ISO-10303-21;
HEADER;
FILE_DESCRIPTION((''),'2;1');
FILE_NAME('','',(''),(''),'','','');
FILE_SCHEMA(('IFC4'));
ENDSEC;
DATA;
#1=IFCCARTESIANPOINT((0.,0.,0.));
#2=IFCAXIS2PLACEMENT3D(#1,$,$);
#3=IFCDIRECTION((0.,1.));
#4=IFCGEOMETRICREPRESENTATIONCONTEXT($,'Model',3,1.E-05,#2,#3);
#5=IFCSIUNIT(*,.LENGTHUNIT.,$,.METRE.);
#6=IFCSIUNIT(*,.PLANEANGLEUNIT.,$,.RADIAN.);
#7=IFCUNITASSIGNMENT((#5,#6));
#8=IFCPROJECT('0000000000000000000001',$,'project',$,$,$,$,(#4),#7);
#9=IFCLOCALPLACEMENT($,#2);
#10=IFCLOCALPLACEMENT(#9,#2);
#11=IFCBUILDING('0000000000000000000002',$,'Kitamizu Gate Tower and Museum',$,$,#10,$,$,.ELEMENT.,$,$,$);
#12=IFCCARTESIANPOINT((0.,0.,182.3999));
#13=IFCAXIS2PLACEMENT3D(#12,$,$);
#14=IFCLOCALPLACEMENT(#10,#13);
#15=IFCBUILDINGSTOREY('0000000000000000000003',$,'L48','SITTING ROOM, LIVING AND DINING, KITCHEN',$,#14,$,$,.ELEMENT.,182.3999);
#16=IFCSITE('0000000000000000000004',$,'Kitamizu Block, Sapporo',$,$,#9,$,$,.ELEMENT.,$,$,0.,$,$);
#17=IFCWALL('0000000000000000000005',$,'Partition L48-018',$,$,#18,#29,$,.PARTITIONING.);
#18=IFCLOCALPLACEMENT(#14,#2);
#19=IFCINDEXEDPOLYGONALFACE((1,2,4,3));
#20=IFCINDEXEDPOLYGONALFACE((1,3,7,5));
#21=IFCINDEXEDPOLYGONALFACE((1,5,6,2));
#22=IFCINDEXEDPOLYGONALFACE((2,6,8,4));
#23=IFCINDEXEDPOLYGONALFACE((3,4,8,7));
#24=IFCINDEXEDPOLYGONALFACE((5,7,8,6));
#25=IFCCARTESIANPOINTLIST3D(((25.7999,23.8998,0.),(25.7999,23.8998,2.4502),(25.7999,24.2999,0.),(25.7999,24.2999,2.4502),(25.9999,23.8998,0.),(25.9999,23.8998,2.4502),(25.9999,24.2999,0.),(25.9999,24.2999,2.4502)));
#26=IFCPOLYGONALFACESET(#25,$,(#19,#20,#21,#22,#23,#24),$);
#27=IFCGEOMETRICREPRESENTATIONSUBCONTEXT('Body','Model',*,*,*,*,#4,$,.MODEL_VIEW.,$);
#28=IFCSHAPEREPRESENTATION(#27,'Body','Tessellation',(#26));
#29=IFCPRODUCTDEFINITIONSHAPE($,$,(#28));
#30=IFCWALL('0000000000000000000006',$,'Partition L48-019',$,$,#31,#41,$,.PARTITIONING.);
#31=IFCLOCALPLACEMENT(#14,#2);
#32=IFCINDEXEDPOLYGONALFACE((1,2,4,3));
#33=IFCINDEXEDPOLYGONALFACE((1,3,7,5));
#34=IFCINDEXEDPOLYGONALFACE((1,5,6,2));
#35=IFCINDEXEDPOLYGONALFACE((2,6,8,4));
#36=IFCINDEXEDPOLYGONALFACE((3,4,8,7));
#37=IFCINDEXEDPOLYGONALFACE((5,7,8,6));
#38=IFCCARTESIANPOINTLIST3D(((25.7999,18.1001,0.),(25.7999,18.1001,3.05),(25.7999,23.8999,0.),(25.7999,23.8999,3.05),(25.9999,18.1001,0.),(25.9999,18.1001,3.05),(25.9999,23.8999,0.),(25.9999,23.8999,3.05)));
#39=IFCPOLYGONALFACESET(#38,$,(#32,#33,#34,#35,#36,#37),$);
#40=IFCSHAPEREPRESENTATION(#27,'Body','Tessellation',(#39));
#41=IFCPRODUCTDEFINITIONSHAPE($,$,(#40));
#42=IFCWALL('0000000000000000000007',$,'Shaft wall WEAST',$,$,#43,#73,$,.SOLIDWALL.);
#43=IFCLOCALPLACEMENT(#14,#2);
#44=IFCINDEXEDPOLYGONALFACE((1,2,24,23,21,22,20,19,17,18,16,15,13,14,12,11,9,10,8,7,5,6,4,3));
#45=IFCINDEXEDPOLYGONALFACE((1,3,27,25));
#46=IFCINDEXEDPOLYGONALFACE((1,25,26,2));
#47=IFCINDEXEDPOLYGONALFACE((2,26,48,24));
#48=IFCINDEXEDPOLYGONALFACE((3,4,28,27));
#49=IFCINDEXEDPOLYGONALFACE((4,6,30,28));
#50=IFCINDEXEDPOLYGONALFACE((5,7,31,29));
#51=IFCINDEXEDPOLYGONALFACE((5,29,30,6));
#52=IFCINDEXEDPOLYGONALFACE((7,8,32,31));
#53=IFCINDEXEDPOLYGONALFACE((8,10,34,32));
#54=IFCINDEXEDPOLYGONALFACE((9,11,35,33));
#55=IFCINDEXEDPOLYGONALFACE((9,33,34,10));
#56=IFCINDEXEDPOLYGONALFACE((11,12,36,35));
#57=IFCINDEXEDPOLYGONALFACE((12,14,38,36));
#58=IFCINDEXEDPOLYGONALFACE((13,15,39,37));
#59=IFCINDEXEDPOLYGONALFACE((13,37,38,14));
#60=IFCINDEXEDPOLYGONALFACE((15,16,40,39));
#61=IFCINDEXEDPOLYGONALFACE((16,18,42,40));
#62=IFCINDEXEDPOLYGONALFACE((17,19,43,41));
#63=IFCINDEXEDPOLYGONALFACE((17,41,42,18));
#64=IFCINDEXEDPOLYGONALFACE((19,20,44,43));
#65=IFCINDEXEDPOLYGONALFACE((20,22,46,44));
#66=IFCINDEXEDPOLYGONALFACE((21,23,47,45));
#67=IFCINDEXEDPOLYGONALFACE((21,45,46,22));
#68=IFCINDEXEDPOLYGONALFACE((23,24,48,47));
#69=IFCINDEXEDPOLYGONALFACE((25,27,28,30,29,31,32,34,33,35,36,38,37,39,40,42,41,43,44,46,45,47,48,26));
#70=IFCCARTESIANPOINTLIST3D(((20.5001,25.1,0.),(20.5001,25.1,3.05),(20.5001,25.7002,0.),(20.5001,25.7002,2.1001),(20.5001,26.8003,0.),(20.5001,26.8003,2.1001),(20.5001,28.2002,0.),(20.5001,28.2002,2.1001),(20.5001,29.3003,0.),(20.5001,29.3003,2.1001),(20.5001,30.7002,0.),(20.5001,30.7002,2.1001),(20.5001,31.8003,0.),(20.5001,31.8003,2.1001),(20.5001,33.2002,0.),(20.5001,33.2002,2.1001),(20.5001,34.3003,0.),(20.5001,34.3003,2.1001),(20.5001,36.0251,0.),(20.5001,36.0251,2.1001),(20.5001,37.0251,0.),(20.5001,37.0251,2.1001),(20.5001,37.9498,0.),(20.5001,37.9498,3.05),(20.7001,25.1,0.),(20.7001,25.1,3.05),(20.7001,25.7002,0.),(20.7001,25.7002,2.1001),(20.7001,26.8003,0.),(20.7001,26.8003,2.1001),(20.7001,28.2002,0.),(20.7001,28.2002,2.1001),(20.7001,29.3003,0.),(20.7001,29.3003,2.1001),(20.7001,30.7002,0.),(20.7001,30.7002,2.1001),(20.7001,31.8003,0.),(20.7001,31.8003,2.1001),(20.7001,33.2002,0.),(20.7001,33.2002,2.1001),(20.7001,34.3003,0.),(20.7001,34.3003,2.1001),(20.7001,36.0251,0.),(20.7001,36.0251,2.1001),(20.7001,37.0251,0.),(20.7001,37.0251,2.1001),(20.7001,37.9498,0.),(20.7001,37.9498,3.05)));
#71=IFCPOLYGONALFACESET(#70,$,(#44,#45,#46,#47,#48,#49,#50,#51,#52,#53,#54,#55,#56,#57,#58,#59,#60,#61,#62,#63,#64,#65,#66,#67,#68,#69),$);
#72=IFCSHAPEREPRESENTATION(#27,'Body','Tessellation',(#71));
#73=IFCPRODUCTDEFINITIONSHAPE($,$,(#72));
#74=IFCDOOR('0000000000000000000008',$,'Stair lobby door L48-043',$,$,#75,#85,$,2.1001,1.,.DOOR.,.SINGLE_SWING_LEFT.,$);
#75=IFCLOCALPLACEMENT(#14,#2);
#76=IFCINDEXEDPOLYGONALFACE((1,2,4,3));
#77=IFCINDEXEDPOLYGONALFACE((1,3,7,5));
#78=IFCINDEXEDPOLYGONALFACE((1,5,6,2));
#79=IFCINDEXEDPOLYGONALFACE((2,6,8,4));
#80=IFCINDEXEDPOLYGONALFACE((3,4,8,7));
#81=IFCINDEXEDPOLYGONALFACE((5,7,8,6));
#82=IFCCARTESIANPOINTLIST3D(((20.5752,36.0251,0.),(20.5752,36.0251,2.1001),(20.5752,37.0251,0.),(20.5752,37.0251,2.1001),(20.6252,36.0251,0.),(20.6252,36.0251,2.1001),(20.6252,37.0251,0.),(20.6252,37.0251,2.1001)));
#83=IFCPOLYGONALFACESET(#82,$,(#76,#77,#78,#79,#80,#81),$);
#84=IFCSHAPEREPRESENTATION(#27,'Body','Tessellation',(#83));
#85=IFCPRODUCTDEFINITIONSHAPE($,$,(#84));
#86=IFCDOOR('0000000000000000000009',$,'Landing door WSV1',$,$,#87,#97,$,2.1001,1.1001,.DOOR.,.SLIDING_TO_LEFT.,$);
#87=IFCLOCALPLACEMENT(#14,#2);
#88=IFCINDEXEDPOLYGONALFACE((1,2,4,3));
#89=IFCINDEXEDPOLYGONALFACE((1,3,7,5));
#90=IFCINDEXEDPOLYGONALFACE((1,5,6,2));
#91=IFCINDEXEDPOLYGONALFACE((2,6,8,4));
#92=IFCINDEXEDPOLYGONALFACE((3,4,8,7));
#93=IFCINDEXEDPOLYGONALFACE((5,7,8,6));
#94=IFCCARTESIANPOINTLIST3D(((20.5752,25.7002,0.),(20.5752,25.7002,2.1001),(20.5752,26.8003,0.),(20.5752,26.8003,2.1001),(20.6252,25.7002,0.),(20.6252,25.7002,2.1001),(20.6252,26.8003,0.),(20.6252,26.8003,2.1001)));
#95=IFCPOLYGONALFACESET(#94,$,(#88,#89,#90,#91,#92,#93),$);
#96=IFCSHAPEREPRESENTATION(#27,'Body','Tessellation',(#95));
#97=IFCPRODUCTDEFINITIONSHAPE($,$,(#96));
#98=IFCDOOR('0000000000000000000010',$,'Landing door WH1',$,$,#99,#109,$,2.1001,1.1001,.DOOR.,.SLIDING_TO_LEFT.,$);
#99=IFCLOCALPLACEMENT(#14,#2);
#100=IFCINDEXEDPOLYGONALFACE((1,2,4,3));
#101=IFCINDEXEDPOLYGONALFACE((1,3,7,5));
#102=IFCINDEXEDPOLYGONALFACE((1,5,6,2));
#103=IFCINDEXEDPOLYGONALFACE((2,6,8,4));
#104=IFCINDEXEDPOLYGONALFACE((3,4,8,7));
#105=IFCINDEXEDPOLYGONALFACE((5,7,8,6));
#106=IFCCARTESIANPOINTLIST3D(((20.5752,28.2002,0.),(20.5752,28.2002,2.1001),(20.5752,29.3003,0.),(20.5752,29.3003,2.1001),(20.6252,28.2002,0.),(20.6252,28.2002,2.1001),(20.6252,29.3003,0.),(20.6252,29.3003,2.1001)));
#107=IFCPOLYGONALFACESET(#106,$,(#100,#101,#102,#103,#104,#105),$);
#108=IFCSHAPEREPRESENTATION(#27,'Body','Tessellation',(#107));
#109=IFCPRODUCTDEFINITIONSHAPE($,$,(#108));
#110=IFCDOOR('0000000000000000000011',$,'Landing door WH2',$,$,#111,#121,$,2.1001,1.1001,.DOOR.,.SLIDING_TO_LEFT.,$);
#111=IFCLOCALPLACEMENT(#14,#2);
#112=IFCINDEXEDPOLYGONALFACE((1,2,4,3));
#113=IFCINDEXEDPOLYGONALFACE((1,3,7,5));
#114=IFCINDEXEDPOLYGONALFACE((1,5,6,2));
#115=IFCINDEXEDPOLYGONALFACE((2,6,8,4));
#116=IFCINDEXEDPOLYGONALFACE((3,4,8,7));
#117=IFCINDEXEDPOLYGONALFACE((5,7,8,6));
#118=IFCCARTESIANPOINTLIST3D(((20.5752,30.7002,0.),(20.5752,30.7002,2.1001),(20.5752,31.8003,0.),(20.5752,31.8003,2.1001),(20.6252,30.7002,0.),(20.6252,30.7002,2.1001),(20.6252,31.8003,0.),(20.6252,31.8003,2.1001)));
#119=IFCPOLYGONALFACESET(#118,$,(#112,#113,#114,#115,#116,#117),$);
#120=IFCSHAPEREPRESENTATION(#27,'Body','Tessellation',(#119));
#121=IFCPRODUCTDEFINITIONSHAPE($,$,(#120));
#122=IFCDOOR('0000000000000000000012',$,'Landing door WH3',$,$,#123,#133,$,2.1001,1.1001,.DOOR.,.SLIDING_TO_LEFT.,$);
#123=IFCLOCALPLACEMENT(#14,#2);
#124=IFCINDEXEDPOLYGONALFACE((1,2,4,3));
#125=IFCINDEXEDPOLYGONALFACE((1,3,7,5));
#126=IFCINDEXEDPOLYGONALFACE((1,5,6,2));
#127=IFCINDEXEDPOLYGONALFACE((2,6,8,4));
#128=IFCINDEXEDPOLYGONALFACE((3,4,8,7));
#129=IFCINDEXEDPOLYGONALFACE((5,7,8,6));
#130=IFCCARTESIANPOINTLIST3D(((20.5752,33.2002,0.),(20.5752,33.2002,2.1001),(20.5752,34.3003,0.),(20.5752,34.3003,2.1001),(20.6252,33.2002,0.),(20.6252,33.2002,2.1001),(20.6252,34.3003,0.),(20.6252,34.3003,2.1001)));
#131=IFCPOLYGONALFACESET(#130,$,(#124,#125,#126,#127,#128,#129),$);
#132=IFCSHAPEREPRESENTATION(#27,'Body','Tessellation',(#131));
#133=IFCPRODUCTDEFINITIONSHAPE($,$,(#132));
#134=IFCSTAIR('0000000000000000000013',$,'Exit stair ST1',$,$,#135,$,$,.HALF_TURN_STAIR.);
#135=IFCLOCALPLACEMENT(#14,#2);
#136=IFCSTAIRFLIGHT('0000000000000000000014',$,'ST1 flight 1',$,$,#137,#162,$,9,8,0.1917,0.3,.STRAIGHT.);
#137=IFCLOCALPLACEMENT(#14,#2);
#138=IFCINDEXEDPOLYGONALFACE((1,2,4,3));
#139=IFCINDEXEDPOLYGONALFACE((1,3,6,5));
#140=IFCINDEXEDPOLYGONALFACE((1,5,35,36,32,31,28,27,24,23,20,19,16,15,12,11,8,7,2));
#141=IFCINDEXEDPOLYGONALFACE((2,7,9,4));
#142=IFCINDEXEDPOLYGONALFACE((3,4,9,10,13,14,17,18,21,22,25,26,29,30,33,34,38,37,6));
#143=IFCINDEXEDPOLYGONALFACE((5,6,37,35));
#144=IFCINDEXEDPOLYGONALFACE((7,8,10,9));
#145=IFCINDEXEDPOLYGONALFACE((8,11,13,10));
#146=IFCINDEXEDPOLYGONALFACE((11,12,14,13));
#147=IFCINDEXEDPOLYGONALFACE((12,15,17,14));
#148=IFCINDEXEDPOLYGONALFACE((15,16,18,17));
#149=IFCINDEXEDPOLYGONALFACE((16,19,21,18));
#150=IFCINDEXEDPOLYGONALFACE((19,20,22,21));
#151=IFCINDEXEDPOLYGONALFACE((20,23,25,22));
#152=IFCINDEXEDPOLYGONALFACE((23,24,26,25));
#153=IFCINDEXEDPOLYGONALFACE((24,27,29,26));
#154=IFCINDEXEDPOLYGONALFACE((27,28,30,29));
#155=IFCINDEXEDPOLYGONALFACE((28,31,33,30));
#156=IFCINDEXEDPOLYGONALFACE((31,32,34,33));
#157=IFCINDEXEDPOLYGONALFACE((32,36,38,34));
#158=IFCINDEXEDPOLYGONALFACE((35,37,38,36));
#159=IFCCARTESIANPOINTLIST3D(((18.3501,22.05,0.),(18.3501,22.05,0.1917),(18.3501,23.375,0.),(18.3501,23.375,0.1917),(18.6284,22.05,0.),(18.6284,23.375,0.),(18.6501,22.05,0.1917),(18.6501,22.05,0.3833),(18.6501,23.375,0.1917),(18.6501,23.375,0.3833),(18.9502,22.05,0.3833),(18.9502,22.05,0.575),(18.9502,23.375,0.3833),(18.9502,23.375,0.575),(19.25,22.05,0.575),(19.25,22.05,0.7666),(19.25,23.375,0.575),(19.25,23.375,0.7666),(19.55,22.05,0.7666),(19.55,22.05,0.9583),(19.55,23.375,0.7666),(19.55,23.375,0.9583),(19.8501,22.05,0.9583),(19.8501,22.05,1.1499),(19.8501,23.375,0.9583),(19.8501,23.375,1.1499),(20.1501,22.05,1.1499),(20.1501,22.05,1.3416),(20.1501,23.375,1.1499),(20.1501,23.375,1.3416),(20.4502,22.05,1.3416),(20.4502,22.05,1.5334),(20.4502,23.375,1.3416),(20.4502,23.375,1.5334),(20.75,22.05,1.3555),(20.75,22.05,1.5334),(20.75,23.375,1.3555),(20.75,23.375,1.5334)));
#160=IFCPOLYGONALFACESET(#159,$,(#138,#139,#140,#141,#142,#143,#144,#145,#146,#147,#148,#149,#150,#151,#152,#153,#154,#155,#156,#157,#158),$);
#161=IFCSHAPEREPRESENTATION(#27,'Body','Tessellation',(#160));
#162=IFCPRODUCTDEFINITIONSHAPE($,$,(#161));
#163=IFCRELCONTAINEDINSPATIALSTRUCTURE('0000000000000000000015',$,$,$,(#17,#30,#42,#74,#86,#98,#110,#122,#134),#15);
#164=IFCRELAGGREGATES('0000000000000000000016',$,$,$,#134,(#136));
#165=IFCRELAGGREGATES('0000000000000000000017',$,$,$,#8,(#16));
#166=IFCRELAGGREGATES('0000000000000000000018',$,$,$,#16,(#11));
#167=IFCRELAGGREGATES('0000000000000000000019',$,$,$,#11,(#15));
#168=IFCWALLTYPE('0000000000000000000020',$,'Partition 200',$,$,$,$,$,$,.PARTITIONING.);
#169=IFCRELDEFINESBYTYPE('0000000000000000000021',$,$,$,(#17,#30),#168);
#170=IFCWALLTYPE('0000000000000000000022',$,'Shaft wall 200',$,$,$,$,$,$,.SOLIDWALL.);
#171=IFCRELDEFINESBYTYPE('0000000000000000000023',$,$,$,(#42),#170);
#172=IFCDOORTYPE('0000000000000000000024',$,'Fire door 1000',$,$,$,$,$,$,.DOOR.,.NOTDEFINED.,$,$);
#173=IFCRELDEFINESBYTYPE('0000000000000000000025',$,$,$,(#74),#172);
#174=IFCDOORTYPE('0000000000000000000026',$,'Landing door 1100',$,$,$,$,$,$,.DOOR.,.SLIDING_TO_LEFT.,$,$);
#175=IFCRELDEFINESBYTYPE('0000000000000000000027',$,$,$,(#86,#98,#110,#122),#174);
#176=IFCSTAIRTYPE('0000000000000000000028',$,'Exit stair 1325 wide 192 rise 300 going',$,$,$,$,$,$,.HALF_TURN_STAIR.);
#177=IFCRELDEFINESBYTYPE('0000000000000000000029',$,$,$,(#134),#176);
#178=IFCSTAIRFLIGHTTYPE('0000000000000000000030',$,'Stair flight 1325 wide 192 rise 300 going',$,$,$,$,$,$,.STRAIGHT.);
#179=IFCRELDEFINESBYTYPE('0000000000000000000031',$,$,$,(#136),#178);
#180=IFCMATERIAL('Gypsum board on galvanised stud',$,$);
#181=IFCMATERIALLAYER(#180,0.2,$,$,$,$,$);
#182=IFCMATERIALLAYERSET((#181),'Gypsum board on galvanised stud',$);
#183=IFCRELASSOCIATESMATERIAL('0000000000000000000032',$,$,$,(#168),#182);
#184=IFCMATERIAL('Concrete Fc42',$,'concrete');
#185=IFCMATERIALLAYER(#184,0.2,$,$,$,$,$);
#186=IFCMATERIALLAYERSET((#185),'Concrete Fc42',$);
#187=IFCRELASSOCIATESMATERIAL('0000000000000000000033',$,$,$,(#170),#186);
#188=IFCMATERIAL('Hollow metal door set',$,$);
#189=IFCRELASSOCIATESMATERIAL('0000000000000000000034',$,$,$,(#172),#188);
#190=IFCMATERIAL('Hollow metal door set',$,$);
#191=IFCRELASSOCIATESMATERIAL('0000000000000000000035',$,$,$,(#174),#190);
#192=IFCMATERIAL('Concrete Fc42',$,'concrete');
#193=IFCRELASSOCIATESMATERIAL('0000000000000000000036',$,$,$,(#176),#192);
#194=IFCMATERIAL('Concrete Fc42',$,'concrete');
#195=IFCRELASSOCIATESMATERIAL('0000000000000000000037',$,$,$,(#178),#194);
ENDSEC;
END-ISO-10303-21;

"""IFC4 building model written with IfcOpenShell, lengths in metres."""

from ifc_helpers import new_model, si_unit, direction, frame, frame_2d, origin, place, context, subcontext, project, spatial, polyline, rectangle, outline, extrude, material, layer, layer_set, type_object, element, fill, aggregate, save


model = new_model("IFC4")

# Units and contexts
model_context = context("Model", 3, precision=1e-05, world=origin(), true_north=direction((0.0, 1.0)))
body_context = subcontext(model_context, "Body", "Model", "MODEL_VIEW")
ifc_project = project(units=[si_unit("LENGTHUNIT", "METRE"), si_unit("PLANEANGLEUNIT", "RADIAN")], contexts=[model_context])

# Site, building, storey
site_placement = place(None, origin())
site = spatial("IfcSite", under=ifc_project, at=site_placement, Name="Kitamizu Block, Sapporo", CompositionType="ELEMENT", RefElevation=0.0)
building_placement = place(site_placement, origin())
building = spatial("IfcBuilding", under=site, at=building_placement, Name="Kitamizu Gate Tower and Museum", CompositionType="ELEMENT")
storey_placement = place(building_placement, frame((0.0, 0.0, 182.3999)))
storey = spatial("IfcBuildingStorey", under=building, at=storey_placement, Name="L48", Description="SITTING ROOM, LIVING AND DINING, KITCHEN", CompositionType="ELEMENT", Elevation=182.3999)

# Walls
ifc_material_1 = material(Name="Gypsum board on galvanised stud")
ifc_layer_1 = layer(ifc_material_1, 0.2)
ifc_layer_set_1 = layer_set([ifc_layer_1], Name="Gypsum board on galvanised stud")
wall_type_1 = type_object("IfcWallType", Name="Partition 200", PredefinedType="PARTITIONING", material=ifc_layer_set_1)
wall_1_placement = place(storey_placement, frame((25.8999, 24.3, 0.0), z_axis=(0.0, 0.0, 1.0), x_axis=(0.0, -1.0, 0.0)))
element("IfcWall", 1, at=wall_1_placement, inside=storey, type_object=wall_type_1, Name="Partition L48-018", PredefinedType="PARTITIONING", context=body_context, shape_type="SweptSolid", body=[
    extrude(rectangle(XDim=0.4001, YDim=0.2, at=frame_2d((0.2002, 0.0))), origin(), (0.0, 0.0, 1.0), 2.4502),
])
wall_2_placement = place(storey_placement, frame((25.8999, 23.8999, 0.0), z_axis=(0.0, 0.0, 1.0), x_axis=(0.0, -1.0, 0.0)))
element("IfcWall", 2, at=wall_2_placement, inside=storey, type_object=wall_type_1, Name="Partition L48-019", PredefinedType="PARTITIONING", context=body_context, shape_type="SweptSolid", body=[
    extrude(rectangle(XDim=5.7998, YDim=0.2, at=frame_2d((2.8999, 0.0))), origin(), (0.0, 0.0, 1.0), 3.05),
])

# Wall, openings, doors
ifc_material_2 = material(Name="Concrete Fc42", Category="concrete")
ifc_layer_2 = layer(ifc_material_2, 0.2)
ifc_layer_set_2 = layer_set([ifc_layer_2], Name="Concrete Fc42")
wall_type_2 = type_object("IfcWallType", Name="Shaft wall 200", PredefinedType="SOLIDWALL", material=ifc_layer_set_2)
wall_3_placement = place(storey_placement, frame((20.6001, 25.1001, 0.0), z_axis=(0.0, 0.0, 1.0), x_axis=(0.0, 1.0, 0.0)))
wall_3 = element("IfcWall", 3, at=wall_3_placement, inside=storey, type_object=wall_type_2, Name="Shaft wall WEAST", PredefinedType="SOLIDWALL", context=body_context, shape_type="SweptSolid", body=[
    extrude(rectangle(XDim=12.8499, YDim=0.2, at=frame_2d((6.4248, 0.0))), origin(), (0.0, 0.0, 1.0), 3.05),
])
opening_1_placement = place(wall_3_placement, frame((0.6001, 0.0, 0.0)))
opening_1 = element("IfcOpeningElement", 4, at=opening_1_placement, cuts=wall_3, PredefinedType="OPENING", context=body_context, shape_type="SweptSolid", body=[
    extrude(rectangle(XDim=1.1001, YDim=2.1001, at=frame_2d((0.55, 1.05))), frame((0.0, 0.1099, 0.0), z_axis=(0.0, -1.0, 0.0), x_axis=(1.0, 0.0, 0.0)), (0.0, 0.0, 1.0), 0.22),
])
opening_2_placement = place(wall_3_placement, frame((3.1001, 0.0, 0.0)))
opening_2 = element("IfcOpeningElement", 5, at=opening_2_placement, cuts=wall_3, PredefinedType="OPENING", context=body_context, shape_type="SweptSolid", body=[
    extrude(rectangle(XDim=1.1001, YDim=2.1001, at=frame_2d((0.55, 1.05))), frame((0.0, 0.1099, 0.0), z_axis=(0.0, -1.0, 0.0), x_axis=(1.0, 0.0, 0.0)), (0.0, 0.0, 1.0), 0.22),
])
opening_3_placement = place(wall_3_placement, frame((5.6001, 0.0, 0.0)))
opening_3 = element("IfcOpeningElement", 6, at=opening_3_placement, cuts=wall_3, PredefinedType="OPENING", context=body_context, shape_type="SweptSolid", body=[
    extrude(rectangle(XDim=1.1001, YDim=2.1001, at=frame_2d((0.55, 1.05))), frame((0.0, 0.1099, 0.0), z_axis=(0.0, -1.0, 0.0), x_axis=(1.0, 0.0, 0.0)), (0.0, 0.0, 1.0), 0.22),
])
opening_4_placement = place(wall_3_placement, frame((8.1001, 0.0, 0.0)))
opening_4 = element("IfcOpeningElement", 7, at=opening_4_placement, cuts=wall_3, PredefinedType="OPENING", context=body_context, shape_type="SweptSolid", body=[
    extrude(rectangle(XDim=1.1001, YDim=2.1001, at=frame_2d((0.55, 1.05))), frame((0.0, 0.1099, 0.0), z_axis=(0.0, -1.0, 0.0), x_axis=(1.0, 0.0, 0.0)), (0.0, 0.0, 1.0), 0.22),
])
opening_5_placement = place(wall_3_placement, frame((10.925, 0.0, 0.0)))
opening_5 = element("IfcOpeningElement", 8, at=opening_5_placement, cuts=wall_3, PredefinedType="OPENING", context=body_context, shape_type="SweptSolid", body=[
    extrude(rectangle(XDim=1.0, YDim=2.1001, at=frame_2d((0.5, 1.05))), frame((0.0, 0.1099, 0.0), z_axis=(0.0, -1.0, 0.0), x_axis=(1.0, 0.0, 0.0)), (0.0, 0.0, 1.0), 0.22),
])
ifc_material_3 = material(Name="Hollow metal door set")
door_type_1 = type_object("IfcDoorType", Name="Fire door 1000", OperationType="NOTDEFINED", PredefinedType="DOOR", material=ifc_material_3)
door_1_placement = place(opening_5_placement, origin())
door_1 = element("IfcDoor", 9, at=door_1_placement, inside=storey, type_object=door_type_1, Name="Stair lobby door L48-043", OperationType="SINGLE_SWING_LEFT", OverallHeight=2.1001, OverallWidth=1.0, PredefinedType="DOOR", context=body_context, shape_type="SweptSolid", body=[
    extrude(rectangle(XDim=1.0, YDim=2.1001, at=frame_2d((0.5, 1.05))), frame((0.0, 0.0249, 0.0), z_axis=(0.0, -1.0, 0.0), x_axis=(1.0, 0.0, 0.0)), (0.0, 0.0, 1.0), 0.05),
])
fill(opening_5, door_1)
ifc_material_4 = material(Name="Hollow metal door set")
door_type_2 = type_object("IfcDoorType", Name="Landing door 1100", OperationType="SLIDING_TO_LEFT", PredefinedType="DOOR", material=ifc_material_4)
door_2_placement = place(opening_1_placement, origin())
door_2 = element("IfcDoor", 10, at=door_2_placement, inside=storey, type_object=door_type_2, Name="Landing door WSV1", OperationType="SLIDING_TO_LEFT", OverallHeight=2.1001, OverallWidth=1.1001, PredefinedType="DOOR", context=body_context, shape_type="SweptSolid", body=[
    extrude(rectangle(XDim=1.1001, YDim=2.1001, at=frame_2d((0.55, 1.05))), frame((0.0, 0.0249, 0.0), z_axis=(0.0, -1.0, 0.0), x_axis=(1.0, 0.0, 0.0)), (0.0, 0.0, 1.0), 0.05),
])
fill(opening_1, door_2)
door_3_placement = place(opening_2_placement, origin())
door_3 = element("IfcDoor", 11, at=door_3_placement, inside=storey, type_object=door_type_2, Name="Landing door WH1", OperationType="SLIDING_TO_LEFT", OverallHeight=2.1001, OverallWidth=1.1001, PredefinedType="DOOR", context=body_context, shape_type="SweptSolid", body=[
    extrude(rectangle(XDim=1.1001, YDim=2.1001, at=frame_2d((0.55, 1.05))), frame((0.0, 0.0249, 0.0), z_axis=(0.0, -1.0, 0.0), x_axis=(1.0, 0.0, 0.0)), (0.0, 0.0, 1.0), 0.05),
])
fill(opening_2, door_3)
door_4_placement = place(opening_3_placement, origin())
door_4 = element("IfcDoor", 12, at=door_4_placement, inside=storey, type_object=door_type_2, Name="Landing door WH2", OperationType="SLIDING_TO_LEFT", OverallHeight=2.1001, OverallWidth=1.1001, PredefinedType="DOOR", context=body_context, shape_type="SweptSolid", body=[
    extrude(rectangle(XDim=1.1001, YDim=2.1001, at=frame_2d((0.55, 1.05))), frame((0.0, 0.0249, 0.0), z_axis=(0.0, -1.0, 0.0), x_axis=(1.0, 0.0, 0.0)), (0.0, 0.0, 1.0), 0.05),
])
fill(opening_3, door_4)
door_5_placement = place(opening_4_placement, origin())
door_5 = element("IfcDoor", 13, at=door_5_placement, inside=storey, type_object=door_type_2, Name="Landing door WH3", OperationType="SLIDING_TO_LEFT", OverallHeight=2.1001, OverallWidth=1.1001, PredefinedType="DOOR", context=body_context, shape_type="SweptSolid", body=[
    extrude(rectangle(XDim=1.1001, YDim=2.1001, at=frame_2d((0.55, 1.05))), frame((0.0, 0.0249, 0.0), z_axis=(0.0, -1.0, 0.0), x_axis=(1.0, 0.0, 0.0)), (0.0, 0.0, 1.0), 0.05),
])
fill(opening_4, door_5)

# Stair, stair flight
ifc_material_5 = material(Name="Concrete Fc42", Category="concrete")
stair_type = type_object("IfcStairType", Name="Exit stair 1325 wide 192 rise 300 going", PredefinedType="HALF_TURN_STAIR", material=ifc_material_5)
stair_placement = place(storey_placement, origin())
stair = element("IfcStair", 14, at=stair_placement, inside=storey, type_object=stair_type, Name="Exit stair ST1", PredefinedType="HALF_TURN_STAIR")
ifc_material_6 = material(Name="Concrete Fc42", Category="concrete")
stair_flight_type = type_object("IfcStairFlightType", Name="Stair flight 1325 wide 192 rise 300 going", PredefinedType="STRAIGHT", material=ifc_material_6)
stair_flight_1_placement = place(storey_placement, frame((18.3501, 22.7124, 0.0), z_axis=(0.0, 0.0, 1.0), x_axis=(1.0, 0.0, 0.0)))
stair_flight_1 = element("IfcStairFlight", 15, at=stair_flight_1_placement, type_object=stair_flight_type, Name="ST1 flight 1", NumberOfRisers=9, NumberOfTreads=8, PredefinedType="STRAIGHT", RiserHeight=0.1917, TreadLength=0.3, context=body_context, shape_type="SweptSolid", body=[
    extrude(outline(polyline([(0.0, 0.0), (0.0, 0.1917), (0.3, 0.1917), (0.3, 0.3833), (0.6001, 0.3833), (0.6001, 0.575), (0.8999, 0.575), (0.8999, 0.7666), (1.2, 0.7666), (1.2, 0.9583), (1.5, 0.9583), (1.5, 1.1499), (1.8, 1.1499), (1.8, 1.3416), (2.1001, 1.3416), (2.1001, 1.5334), (2.3999, 1.5334), (2.3999, 1.7251), (2.3999, 1.3555), (0.2783, 0.0), (0.0, 0.0)])), frame((0.0, 0.6626, 0.0), z_axis=(0.0, -1.0, 0.0), x_axis=(1.0, 0.0, 0.0)), (0.0, 0.0, 1.0), 1.325),
])
aggregate(stair, [stair_flight_1])

save(model, "model.ifc")
